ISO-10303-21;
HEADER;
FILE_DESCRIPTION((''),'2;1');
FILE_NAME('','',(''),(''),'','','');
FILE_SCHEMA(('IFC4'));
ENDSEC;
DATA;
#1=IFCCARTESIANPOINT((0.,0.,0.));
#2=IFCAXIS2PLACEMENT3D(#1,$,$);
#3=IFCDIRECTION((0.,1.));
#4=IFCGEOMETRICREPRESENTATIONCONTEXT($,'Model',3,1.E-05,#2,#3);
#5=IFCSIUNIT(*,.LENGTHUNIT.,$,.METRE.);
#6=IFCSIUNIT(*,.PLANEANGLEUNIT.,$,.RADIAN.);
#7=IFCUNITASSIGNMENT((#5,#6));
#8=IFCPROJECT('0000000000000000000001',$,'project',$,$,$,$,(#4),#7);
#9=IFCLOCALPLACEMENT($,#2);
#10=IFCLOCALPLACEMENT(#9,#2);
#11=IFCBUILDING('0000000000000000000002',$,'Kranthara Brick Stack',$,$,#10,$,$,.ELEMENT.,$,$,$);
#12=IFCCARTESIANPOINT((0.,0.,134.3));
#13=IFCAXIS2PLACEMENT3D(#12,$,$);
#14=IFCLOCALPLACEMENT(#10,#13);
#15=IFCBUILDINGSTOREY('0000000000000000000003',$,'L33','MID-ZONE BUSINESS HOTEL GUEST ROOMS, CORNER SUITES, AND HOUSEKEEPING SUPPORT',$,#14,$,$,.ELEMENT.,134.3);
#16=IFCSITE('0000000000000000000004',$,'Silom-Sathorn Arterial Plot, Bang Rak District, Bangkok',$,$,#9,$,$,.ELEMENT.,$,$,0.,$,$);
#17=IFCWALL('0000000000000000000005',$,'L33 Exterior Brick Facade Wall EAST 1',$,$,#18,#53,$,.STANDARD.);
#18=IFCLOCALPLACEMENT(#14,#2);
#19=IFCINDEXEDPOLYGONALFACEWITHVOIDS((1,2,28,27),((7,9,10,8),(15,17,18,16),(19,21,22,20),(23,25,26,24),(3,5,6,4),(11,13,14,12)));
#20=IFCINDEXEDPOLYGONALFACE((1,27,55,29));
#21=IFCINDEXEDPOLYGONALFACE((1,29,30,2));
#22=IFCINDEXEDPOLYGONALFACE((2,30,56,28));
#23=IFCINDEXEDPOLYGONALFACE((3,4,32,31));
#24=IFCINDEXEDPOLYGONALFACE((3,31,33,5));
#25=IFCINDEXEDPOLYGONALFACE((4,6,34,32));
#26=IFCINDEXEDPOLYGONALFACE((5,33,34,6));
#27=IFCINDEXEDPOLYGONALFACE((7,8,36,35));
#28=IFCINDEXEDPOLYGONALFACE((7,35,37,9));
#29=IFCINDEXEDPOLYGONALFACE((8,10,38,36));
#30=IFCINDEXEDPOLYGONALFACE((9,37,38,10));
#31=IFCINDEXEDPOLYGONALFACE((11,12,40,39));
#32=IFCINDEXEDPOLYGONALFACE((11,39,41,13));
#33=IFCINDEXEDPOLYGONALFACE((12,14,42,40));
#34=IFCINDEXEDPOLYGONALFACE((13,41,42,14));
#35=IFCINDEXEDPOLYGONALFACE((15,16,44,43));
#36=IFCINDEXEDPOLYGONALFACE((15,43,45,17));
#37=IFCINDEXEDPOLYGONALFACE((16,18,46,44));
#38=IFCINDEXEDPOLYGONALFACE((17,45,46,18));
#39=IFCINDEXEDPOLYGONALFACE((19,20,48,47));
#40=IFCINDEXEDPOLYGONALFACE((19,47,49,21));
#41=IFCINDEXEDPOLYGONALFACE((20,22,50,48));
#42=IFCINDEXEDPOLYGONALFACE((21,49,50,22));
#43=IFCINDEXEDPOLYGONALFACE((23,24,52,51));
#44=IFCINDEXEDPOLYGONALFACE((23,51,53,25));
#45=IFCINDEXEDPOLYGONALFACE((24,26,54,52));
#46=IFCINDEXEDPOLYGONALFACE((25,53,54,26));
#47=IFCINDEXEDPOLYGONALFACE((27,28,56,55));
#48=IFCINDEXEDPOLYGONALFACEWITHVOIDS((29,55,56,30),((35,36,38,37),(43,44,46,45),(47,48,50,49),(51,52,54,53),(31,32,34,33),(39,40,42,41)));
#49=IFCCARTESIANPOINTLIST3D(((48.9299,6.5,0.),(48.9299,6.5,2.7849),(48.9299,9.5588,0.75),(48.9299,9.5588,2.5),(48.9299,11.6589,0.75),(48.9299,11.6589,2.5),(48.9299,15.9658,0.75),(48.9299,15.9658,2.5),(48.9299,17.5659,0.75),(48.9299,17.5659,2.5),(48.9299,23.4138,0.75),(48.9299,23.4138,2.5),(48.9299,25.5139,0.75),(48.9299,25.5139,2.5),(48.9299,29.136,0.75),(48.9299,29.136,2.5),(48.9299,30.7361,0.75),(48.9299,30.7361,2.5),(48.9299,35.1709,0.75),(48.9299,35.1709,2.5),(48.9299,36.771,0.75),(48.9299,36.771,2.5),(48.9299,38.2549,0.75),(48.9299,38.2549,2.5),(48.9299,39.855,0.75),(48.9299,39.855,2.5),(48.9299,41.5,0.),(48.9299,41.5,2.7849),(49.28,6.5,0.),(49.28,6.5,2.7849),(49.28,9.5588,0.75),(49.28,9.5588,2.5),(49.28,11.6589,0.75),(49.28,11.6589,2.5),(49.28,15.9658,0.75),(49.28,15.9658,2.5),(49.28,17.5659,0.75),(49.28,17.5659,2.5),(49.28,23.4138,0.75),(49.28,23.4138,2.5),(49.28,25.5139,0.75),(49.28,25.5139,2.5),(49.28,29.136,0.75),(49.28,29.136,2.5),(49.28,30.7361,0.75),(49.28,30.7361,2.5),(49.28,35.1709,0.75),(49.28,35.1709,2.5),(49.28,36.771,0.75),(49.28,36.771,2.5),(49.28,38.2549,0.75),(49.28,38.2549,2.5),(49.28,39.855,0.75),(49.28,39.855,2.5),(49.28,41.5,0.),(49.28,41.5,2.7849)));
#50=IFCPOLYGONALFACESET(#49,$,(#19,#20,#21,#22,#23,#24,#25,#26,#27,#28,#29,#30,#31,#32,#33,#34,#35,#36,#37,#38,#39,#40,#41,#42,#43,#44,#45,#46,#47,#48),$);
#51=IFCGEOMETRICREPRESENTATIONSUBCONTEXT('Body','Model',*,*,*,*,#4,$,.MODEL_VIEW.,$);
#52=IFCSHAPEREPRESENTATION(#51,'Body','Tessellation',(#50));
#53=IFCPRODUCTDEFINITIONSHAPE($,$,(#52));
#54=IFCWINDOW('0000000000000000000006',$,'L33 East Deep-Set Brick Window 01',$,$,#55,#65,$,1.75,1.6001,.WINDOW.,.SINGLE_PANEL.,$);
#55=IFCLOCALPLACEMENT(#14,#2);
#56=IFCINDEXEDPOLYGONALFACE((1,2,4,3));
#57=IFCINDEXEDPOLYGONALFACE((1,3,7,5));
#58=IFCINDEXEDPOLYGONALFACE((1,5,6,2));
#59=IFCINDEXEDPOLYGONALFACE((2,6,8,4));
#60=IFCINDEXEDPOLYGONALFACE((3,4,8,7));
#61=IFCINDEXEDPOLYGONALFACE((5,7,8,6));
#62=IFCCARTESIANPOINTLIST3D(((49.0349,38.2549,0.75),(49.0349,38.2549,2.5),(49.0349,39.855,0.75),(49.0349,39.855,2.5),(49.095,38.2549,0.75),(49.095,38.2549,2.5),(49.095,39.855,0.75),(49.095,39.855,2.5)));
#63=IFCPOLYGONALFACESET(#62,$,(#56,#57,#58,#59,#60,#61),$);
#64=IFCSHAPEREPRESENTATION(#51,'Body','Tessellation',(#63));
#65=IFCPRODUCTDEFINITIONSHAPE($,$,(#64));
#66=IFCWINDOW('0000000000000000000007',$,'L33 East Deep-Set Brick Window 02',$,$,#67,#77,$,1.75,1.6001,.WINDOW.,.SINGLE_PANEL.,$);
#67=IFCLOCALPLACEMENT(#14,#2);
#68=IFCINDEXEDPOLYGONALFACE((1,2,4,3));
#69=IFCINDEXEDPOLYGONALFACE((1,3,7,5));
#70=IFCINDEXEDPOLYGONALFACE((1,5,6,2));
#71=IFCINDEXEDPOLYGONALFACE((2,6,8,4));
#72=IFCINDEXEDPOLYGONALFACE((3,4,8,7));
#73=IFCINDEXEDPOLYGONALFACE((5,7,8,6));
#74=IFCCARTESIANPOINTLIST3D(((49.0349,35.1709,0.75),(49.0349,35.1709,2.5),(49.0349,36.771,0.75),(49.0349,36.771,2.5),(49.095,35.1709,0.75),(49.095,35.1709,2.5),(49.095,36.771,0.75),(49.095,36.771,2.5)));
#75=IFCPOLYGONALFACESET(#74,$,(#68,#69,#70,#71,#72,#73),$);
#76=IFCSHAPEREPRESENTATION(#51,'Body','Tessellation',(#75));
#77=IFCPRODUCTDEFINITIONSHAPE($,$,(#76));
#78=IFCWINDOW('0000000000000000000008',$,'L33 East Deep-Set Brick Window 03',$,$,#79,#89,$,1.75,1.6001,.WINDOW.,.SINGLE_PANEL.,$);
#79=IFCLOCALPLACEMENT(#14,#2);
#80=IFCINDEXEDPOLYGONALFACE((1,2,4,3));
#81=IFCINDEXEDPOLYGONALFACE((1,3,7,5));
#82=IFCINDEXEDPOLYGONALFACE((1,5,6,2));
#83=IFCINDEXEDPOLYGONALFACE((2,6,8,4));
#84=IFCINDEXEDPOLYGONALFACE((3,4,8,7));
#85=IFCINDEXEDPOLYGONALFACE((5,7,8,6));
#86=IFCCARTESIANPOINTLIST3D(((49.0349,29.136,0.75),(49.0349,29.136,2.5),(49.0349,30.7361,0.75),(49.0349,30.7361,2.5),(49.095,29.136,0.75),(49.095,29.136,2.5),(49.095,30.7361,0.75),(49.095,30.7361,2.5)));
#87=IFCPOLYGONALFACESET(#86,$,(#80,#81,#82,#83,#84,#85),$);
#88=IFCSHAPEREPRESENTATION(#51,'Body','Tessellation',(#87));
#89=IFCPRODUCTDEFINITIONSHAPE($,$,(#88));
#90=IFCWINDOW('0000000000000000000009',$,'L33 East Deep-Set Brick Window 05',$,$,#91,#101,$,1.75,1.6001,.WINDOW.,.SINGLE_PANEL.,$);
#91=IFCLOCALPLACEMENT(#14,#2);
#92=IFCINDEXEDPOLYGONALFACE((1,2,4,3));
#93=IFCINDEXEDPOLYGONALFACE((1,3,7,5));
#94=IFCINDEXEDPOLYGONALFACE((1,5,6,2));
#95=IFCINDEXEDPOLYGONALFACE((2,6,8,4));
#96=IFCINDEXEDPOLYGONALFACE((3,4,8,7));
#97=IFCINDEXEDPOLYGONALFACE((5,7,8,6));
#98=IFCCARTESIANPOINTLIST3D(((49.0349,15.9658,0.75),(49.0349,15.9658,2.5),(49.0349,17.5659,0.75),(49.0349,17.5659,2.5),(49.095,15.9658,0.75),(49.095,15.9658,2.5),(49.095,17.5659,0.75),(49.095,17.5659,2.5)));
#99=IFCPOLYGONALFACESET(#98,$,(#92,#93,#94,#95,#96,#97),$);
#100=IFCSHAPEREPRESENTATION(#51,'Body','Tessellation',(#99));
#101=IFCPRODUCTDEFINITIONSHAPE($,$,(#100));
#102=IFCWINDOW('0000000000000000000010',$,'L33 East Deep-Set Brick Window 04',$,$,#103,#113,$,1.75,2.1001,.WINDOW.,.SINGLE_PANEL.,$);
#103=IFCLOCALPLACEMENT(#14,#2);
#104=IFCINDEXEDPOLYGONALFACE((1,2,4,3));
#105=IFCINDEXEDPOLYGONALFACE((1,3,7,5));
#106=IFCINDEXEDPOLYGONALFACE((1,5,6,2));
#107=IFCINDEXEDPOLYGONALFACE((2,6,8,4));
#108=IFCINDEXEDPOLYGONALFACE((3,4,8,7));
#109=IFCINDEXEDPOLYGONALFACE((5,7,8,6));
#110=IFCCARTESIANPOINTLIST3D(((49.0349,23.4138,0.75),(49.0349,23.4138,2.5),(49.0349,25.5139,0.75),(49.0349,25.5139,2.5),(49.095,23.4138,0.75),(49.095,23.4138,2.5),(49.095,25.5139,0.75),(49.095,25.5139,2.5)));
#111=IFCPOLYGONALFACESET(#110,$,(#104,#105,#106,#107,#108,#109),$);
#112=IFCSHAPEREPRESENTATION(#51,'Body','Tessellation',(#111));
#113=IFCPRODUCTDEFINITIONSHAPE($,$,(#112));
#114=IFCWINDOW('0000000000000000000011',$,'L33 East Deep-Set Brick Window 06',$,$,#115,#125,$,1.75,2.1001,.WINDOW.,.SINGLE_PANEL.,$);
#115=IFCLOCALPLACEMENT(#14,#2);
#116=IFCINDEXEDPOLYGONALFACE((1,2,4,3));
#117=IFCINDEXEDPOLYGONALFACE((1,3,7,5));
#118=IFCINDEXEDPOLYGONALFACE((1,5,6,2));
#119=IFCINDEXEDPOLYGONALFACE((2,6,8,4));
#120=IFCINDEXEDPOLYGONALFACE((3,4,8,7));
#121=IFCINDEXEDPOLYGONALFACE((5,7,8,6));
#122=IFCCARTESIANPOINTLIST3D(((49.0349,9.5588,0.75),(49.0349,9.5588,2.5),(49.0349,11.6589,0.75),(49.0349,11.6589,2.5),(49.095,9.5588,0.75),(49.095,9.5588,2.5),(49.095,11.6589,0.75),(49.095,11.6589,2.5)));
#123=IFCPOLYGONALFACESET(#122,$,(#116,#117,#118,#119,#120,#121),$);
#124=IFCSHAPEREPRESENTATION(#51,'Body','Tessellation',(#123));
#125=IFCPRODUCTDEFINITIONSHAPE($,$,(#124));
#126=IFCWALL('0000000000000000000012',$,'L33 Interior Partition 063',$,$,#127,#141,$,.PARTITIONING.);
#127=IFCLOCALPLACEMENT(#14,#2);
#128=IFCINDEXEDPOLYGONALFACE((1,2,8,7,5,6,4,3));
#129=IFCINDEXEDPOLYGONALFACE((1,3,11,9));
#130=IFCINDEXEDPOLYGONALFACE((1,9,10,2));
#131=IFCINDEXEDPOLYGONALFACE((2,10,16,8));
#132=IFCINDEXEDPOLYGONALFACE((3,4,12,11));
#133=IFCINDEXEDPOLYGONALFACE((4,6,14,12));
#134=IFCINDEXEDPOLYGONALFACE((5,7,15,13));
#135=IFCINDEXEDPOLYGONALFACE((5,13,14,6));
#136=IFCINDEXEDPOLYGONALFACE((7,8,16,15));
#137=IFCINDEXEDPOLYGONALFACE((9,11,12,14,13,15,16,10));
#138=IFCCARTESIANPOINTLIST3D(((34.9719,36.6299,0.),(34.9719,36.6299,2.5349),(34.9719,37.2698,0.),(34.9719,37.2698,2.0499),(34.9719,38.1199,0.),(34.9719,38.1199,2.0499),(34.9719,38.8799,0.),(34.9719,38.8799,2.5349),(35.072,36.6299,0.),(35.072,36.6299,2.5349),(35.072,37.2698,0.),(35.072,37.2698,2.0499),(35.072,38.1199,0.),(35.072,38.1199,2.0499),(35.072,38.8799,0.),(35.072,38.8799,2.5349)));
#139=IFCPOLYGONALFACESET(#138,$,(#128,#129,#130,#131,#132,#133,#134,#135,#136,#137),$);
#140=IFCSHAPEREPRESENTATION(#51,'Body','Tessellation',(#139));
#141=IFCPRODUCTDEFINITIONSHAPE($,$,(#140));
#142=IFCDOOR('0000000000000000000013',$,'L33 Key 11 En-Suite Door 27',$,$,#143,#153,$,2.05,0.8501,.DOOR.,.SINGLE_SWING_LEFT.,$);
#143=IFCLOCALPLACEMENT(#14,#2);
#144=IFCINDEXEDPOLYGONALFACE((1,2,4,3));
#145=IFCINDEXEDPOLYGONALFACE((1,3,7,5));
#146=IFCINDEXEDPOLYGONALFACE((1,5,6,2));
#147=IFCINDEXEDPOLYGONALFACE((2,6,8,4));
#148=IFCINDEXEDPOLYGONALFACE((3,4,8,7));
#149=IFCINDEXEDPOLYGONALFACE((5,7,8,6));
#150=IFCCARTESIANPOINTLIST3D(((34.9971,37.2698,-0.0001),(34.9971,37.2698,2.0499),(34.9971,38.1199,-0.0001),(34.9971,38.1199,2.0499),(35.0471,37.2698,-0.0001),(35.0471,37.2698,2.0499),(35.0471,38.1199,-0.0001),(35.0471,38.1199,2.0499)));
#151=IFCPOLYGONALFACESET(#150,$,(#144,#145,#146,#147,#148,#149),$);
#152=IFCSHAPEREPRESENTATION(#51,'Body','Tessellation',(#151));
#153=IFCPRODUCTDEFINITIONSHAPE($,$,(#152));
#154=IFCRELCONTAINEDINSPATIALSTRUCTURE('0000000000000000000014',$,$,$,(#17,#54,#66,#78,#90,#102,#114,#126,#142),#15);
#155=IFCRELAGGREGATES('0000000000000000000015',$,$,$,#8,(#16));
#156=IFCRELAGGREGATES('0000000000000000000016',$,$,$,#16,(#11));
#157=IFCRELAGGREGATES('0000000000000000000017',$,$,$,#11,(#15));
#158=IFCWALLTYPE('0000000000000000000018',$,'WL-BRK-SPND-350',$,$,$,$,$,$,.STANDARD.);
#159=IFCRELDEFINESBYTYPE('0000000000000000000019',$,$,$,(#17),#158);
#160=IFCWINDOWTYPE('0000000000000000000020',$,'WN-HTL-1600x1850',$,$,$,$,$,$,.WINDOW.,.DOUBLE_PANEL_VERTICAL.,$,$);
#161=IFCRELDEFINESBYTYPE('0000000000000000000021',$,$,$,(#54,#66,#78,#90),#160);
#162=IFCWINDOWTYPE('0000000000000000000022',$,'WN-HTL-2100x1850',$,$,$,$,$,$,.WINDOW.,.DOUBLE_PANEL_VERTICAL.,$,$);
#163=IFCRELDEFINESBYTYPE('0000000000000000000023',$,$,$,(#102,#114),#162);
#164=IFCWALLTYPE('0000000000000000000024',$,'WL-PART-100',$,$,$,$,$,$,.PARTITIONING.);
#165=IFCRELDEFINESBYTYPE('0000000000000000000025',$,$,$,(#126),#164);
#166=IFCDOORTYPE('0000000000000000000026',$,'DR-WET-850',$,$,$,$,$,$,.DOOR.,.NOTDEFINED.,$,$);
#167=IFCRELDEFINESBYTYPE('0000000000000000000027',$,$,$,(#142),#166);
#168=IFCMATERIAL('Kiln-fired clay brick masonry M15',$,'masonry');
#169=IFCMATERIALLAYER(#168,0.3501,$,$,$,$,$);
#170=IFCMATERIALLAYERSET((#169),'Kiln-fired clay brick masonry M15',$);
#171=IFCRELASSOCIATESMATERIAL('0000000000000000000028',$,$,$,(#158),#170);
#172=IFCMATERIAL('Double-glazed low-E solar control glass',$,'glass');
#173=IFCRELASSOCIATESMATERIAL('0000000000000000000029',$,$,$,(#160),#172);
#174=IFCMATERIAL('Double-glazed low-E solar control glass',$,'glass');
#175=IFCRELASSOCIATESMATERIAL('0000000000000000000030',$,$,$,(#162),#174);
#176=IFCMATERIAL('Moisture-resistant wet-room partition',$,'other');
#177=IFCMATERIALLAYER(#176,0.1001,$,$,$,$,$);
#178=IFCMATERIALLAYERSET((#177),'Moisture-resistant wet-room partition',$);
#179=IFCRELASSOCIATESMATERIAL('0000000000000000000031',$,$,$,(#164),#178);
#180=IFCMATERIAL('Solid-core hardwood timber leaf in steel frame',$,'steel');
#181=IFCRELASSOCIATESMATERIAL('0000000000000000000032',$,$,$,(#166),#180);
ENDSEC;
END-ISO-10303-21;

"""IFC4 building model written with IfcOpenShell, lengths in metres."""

from ifc_helpers import new_model, si_unit, direction, frame, frame_2d, origin, place, context, subcontext, project, spatial, rectangle, extrude, material, layer, layer_set, type_object, element, fill, save


model = new_model("IFC4")

# Units and contexts
model_context = context("Model", 3, precision=1e-05, world=origin(), true_north=direction((0.0, 1.0)))
body_context = subcontext(model_context, "Body", "Model", "MODEL_VIEW")
ifc_project = project(units=[si_unit("LENGTHUNIT", "METRE"), si_unit("PLANEANGLEUNIT", "RADIAN")], contexts=[model_context])

# Site, building, storey
site_placement = place(None, origin())
site = spatial("IfcSite", under=ifc_project, at=site_placement, Name="Silom-Sathorn Arterial Plot, Bang Rak District, Bangkok", CompositionType="ELEMENT", RefElevation=0.0)
building_placement = place(site_placement, origin())
building = spatial("IfcBuilding", under=site, at=building_placement, Name="Kranthara Brick Stack", CompositionType="ELEMENT")
storey_placement = place(building_placement, frame((0.0, 0.0, 134.3)))
storey = spatial("IfcBuildingStorey", under=building, at=storey_placement, Name="L33", Description="MID-ZONE BUSINESS HOTEL GUEST ROOMS, CORNER SUITES, AND HOUSEKEEPING SUPPORT", CompositionType="ELEMENT", Elevation=134.3)

# Shared definitions
ifc_material_1 = material(Name="Kiln-fired clay brick masonry M15", Category="masonry")
ifc_layer_1 = layer(ifc_material_1, 0.3501)
ifc_layer_set_1 = layer_set([ifc_layer_1], Name="Kiln-fired clay brick masonry M15")
wall_type_1 = type_object("IfcWallType", Name="WL-BRK-SPND-350", PredefinedType="STANDARD", material=ifc_layer_set_1)

# Wall, openings, windows
wall_1_placement = place(storey_placement, frame((49.105, 41.5, 0.0), z_axis=(0.0, 0.0, 1.0), x_axis=(0.0, -1.0, 0.0)))
wall_1 = element("IfcWall", 1, at=wall_1_placement, inside=storey, type_object=wall_type_1, Name="L33 Exterior Brick Facade Wall EAST 1", PredefinedType="STANDARD", context=body_context, shape_type="SweptSolid", body=[
    extrude(rectangle(XDim=35.0, YDim=0.3501, at=frame_2d((17.5, 0.0))), origin(), (0.0, 0.0, 1.0), 2.7849),
])
opening_1_placement = place(wall_1_placement, frame((1.645, 0.0, 0.75)))
opening_1 = element("IfcOpeningElement", 2, at=opening_1_placement, cuts=wall_1, PredefinedType="OPENING", context=body_context, shape_type="SweptSolid", body=[
    extrude(rectangle(XDim=1.6001, YDim=1.75, at=frame_2d((0.8, 0.875))), frame((0.0, 0.1851, 0.0), z_axis=(0.0, -1.0, 0.0), x_axis=(1.0, 0.0, 0.0)), (0.0, 0.0, 1.0), 0.3701),
])
opening_2_placement = place(wall_1_placement, frame((4.729, 0.0, 0.75)))
opening_2 = element("IfcOpeningElement", 3, at=opening_2_placement, cuts=wall_1, PredefinedType="OPENING", context=body_context, shape_type="SweptSolid", body=[
    extrude(rectangle(XDim=1.6001, YDim=1.75, at=frame_2d((0.8, 0.875))), frame((0.0, 0.1851, 0.0), z_axis=(0.0, -1.0, 0.0), x_axis=(1.0, 0.0, 0.0)), (0.0, 0.0, 1.0), 0.3701),
])
opening_3_placement = place(wall_1_placement, frame((10.7639, 0.0, 0.75)))
opening_3 = element("IfcOpeningElement", 4, at=opening_3_placement, cuts=wall_1, PredefinedType="OPENING", context=body_context, shape_type="SweptSolid", body=[
    extrude(rectangle(XDim=1.6001, YDim=1.75, at=frame_2d((0.8, 0.875))), frame((0.0, 0.1851, 0.0), z_axis=(0.0, -1.0, 0.0), x_axis=(1.0, 0.0, 0.0)), (0.0, 0.0, 1.0), 0.3701),
])
opening_4_placement = place(wall_1_placement, frame((15.9861, 0.0, 0.75)))
opening_4 = element("IfcOpeningElement", 5, at=opening_4_placement, cuts=wall_1, PredefinedType="OPENING", context=body_context, shape_type="SweptSolid", body=[
    extrude(rectangle(XDim=2.1001, YDim=1.75, at=frame_2d((1.05, 0.875))), frame((0.0, 0.1851, 0.0), z_axis=(0.0, -1.0, 0.0), x_axis=(1.0, 0.0, 0.0)), (0.0, 0.0, 1.0), 0.3701),
])
opening_5_placement = place(wall_1_placement, frame((23.9341, 0.0, 0.75)))
opening_5 = element("IfcOpeningElement", 6, at=opening_5_placement, cuts=wall_1, PredefinedType="OPENING", context=body_context, shape_type="SweptSolid", body=[
    extrude(rectangle(XDim=1.6001, YDim=1.75, at=frame_2d((0.8, 0.875))), frame((0.0, 0.1851, 0.0), z_axis=(0.0, -1.0, 0.0), x_axis=(1.0, 0.0, 0.0)), (0.0, 0.0, 1.0), 0.3701),
])
opening_6_placement = place(wall_1_placement, frame((29.8411, 0.0, 0.75)))
opening_6 = element("IfcOpeningElement", 7, at=opening_6_placement, cuts=wall_1, PredefinedType="OPENING", context=body_context, shape_type="SweptSolid", body=[
    extrude(rectangle(XDim=2.1001, YDim=1.75, at=frame_2d((1.05, 0.875))), frame((0.0, 0.1851, 0.0), z_axis=(0.0, -1.0, 0.0), x_axis=(1.0, 0.0, 0.0)), (0.0, 0.0, 1.0), 0.3701),
])
ifc_material_2 = material(Name="Double-glazed low-E solar control glass", Category="glass")
window_type_1 = type_object("IfcWindowType", Name="WN-HTL-1600x1850", PartitioningType="DOUBLE_PANEL_VERTICAL", PredefinedType="WINDOW", material=ifc_material_2)
window_1_placement = place(opening_1_placement, origin())
window_1 = element("IfcWindow", 8, at=window_1_placement, inside=storey, type_object=window_type_1, Name="L33 East Deep-Set Brick Window 01", OverallHeight=1.75, OverallWidth=1.6001, PartitioningType="SINGLE_PANEL", PredefinedType="WINDOW", context=body_context, shape_type="SweptSolid", body=[
    extrude(rectangle(XDim=1.6001, YDim=1.75, at=frame_2d((0.8, 0.875))), frame((0.0, -0.01, 0.0), z_axis=(0.0, -1.0, 0.0), x_axis=(1.0, 0.0, 0.0)), (0.0, 0.0, 1.0), 0.0601),
])
fill(opening_1, window_1)
window_2_placement = place(opening_2_placement, origin())
window_2 = element("IfcWindow", 9, at=window_2_placement, inside=storey, type_object=window_type_1, Name="L33 East Deep-Set Brick Window 02", OverallHeight=1.75, OverallWidth=1.6001, PartitioningType="SINGLE_PANEL", PredefinedType="WINDOW", context=body_context, shape_type="SweptSolid", body=[
    extrude(rectangle(XDim=1.6001, YDim=1.75, at=frame_2d((0.8, 0.875))), frame((0.0, -0.01, 0.0), z_axis=(0.0, -1.0, 0.0), x_axis=(1.0, 0.0, 0.0)), (0.0, 0.0, 1.0), 0.0601),
])
fill(opening_2, window_2)
window_3_placement = place(opening_3_placement, origin())
window_3 = element("IfcWindow", 10, at=window_3_placement, inside=storey, type_object=window_type_1, Name="L33 East Deep-Set Brick Window 03", OverallHeight=1.75, OverallWidth=1.6001, PartitioningType="SINGLE_PANEL", PredefinedType="WINDOW", context=body_context, shape_type="SweptSolid", body=[
    extrude(rectangle(XDim=1.6001, YDim=1.75, at=frame_2d((0.8, 0.875))), frame((0.0, -0.01, 0.0), z_axis=(0.0, -1.0, 0.0), x_axis=(1.0, 0.0, 0.0)), (0.0, 0.0, 1.0), 0.0601),
])
fill(opening_3, window_3)
window_4_placement = place(opening_5_placement, origin())
window_4 = element("IfcWindow", 11, at=window_4_placement, inside=storey, type_object=window_type_1, Name="L33 East Deep-Set Brick Window 05", OverallHeight=1.75, OverallWidth=1.6001, PartitioningType="SINGLE_PANEL", PredefinedType="WINDOW", context=body_context, shape_type="SweptSolid", body=[
    extrude(rectangle(XDim=1.6001, YDim=1.75, at=frame_2d((0.8, 0.875))), frame((0.0, -0.01, 0.0), z_axis=(0.0, -1.0, 0.0), x_axis=(1.0, 0.0, 0.0)), (0.0, 0.0, 1.0), 0.0601),
])
fill(opening_5, window_4)
ifc_material_3 = material(Name="Double-glazed low-E solar control glass", Category="glass")
window_type_2 = type_object("IfcWindowType", Name="WN-HTL-2100x1850", PartitioningType="DOUBLE_PANEL_VERTICAL", PredefinedType="WINDOW", material=ifc_material_3)
window_5_placement = place(opening_4_placement, origin())
window_5 = element("IfcWindow", 12, at=window_5_placement, inside=storey, type_object=window_type_2, Name="L33 East Deep-Set Brick Window 04", OverallHeight=1.75, OverallWidth=2.1001, PartitioningType="SINGLE_PANEL", PredefinedType="WINDOW", context=body_context, shape_type="SweptSolid", body=[
    extrude(rectangle(XDim=2.1001, YDim=1.75, at=frame_2d((1.05, 0.875))), frame((0.0, -0.01, 0.0), z_axis=(0.0, -1.0, 0.0), x_axis=(1.0, 0.0, 0.0)), (0.0, 0.0, 1.0), 0.0601),
])
fill(opening_4, window_5)
window_6_placement = place(opening_6_placement, origin())
window_6 = element("IfcWindow", 13, at=window_6_placement, inside=storey, type_object=window_type_2, Name="L33 East Deep-Set Brick Window 06", OverallHeight=1.75, OverallWidth=2.1001, PartitioningType="SINGLE_PANEL", PredefinedType="WINDOW", context=body_context, shape_type="SweptSolid", body=[
    extrude(rectangle(XDim=2.1001, YDim=1.75, at=frame_2d((1.05, 0.875))), frame((0.0, -0.01, 0.0), z_axis=(0.0, -1.0, 0.0), x_axis=(1.0, 0.0, 0.0)), (0.0, 0.0, 1.0), 0.0601),
])
fill(opening_6, window_6)

# Wall, opening, door
ifc_material_4 = material(Name="Moisture-resistant wet-room partition", Category="other")
ifc_layer_2 = layer(ifc_material_4, 0.1001)
ifc_layer_set_2 = layer_set([ifc_layer_2], Name="Moisture-resistant wet-room partition")
wall_type_2 = type_object("IfcWallType", Name="WL-PART-100", PredefinedType="PARTITIONING", material=ifc_layer_set_2)
wall_2_placement = place(storey_placement, frame((35.022, 36.6299, 0.0), z_axis=(0.0, 0.0, 1.0), x_axis=(0.0, 1.0, 0.0)))
wall_2 = element("IfcWall", 14, at=wall_2_placement, inside=storey, type_object=wall_type_2, Name="L33 Interior Partition 063", PredefinedType="PARTITIONING", context=body_context, shape_type="SweptSolid", body=[
    extrude(rectangle(XDim=2.25, YDim=0.1001, at=frame_2d((1.125, 0.0))), origin(), (0.0, 0.0, 1.0), 2.5349),
])
opening_7_placement = place(wall_2_placement, frame((0.6399, 0.0, 0.0)))
opening_7 = element("IfcOpeningElement", 15, at=opening_7_placement, cuts=wall_2, PredefinedType="OPENING", context=body_context, shape_type="SweptSolid", body=[
    extrude(rectangle(XDim=0.8501, YDim=2.05, at=frame_2d((0.425, 1.0249))), frame((0.0, 0.0601, 0.0), z_axis=(0.0, -1.0, 0.0), x_axis=(1.0, 0.0, 0.0)), (0.0, 0.0, 1.0), 0.1201),
])
ifc_material_5 = material(Name="Solid-core hardwood timber leaf in steel frame", Category="steel")
door_type_1 = type_object("IfcDoorType", Name="DR-WET-850", OperationType="NOTDEFINED", PredefinedType="DOOR", material=ifc_material_5)
door_1_placement = place(opening_7_placement, origin())
door_1 = element("IfcDoor", 16, at=door_1_placement, inside=storey, type_object=door_type_1, Name="L33 Key 11 En-Suite Door 27", OperationType="SINGLE_SWING_LEFT", OverallHeight=2.05, OverallWidth=0.8501, PredefinedType="DOOR", context=body_context, shape_type="SweptSolid", body=[
    extrude(rectangle(XDim=0.8501, YDim=2.05, at=frame_2d((0.425, 1.0249))), frame((0.0, 0.0249, 0.0), z_axis=(0.0, -1.0, 0.0), x_axis=(1.0, 0.0, 0.0)), (0.0, 0.0, 1.0), 0.05),
])
fill(opening_7, door_1)

save(model, "model.ifc")
